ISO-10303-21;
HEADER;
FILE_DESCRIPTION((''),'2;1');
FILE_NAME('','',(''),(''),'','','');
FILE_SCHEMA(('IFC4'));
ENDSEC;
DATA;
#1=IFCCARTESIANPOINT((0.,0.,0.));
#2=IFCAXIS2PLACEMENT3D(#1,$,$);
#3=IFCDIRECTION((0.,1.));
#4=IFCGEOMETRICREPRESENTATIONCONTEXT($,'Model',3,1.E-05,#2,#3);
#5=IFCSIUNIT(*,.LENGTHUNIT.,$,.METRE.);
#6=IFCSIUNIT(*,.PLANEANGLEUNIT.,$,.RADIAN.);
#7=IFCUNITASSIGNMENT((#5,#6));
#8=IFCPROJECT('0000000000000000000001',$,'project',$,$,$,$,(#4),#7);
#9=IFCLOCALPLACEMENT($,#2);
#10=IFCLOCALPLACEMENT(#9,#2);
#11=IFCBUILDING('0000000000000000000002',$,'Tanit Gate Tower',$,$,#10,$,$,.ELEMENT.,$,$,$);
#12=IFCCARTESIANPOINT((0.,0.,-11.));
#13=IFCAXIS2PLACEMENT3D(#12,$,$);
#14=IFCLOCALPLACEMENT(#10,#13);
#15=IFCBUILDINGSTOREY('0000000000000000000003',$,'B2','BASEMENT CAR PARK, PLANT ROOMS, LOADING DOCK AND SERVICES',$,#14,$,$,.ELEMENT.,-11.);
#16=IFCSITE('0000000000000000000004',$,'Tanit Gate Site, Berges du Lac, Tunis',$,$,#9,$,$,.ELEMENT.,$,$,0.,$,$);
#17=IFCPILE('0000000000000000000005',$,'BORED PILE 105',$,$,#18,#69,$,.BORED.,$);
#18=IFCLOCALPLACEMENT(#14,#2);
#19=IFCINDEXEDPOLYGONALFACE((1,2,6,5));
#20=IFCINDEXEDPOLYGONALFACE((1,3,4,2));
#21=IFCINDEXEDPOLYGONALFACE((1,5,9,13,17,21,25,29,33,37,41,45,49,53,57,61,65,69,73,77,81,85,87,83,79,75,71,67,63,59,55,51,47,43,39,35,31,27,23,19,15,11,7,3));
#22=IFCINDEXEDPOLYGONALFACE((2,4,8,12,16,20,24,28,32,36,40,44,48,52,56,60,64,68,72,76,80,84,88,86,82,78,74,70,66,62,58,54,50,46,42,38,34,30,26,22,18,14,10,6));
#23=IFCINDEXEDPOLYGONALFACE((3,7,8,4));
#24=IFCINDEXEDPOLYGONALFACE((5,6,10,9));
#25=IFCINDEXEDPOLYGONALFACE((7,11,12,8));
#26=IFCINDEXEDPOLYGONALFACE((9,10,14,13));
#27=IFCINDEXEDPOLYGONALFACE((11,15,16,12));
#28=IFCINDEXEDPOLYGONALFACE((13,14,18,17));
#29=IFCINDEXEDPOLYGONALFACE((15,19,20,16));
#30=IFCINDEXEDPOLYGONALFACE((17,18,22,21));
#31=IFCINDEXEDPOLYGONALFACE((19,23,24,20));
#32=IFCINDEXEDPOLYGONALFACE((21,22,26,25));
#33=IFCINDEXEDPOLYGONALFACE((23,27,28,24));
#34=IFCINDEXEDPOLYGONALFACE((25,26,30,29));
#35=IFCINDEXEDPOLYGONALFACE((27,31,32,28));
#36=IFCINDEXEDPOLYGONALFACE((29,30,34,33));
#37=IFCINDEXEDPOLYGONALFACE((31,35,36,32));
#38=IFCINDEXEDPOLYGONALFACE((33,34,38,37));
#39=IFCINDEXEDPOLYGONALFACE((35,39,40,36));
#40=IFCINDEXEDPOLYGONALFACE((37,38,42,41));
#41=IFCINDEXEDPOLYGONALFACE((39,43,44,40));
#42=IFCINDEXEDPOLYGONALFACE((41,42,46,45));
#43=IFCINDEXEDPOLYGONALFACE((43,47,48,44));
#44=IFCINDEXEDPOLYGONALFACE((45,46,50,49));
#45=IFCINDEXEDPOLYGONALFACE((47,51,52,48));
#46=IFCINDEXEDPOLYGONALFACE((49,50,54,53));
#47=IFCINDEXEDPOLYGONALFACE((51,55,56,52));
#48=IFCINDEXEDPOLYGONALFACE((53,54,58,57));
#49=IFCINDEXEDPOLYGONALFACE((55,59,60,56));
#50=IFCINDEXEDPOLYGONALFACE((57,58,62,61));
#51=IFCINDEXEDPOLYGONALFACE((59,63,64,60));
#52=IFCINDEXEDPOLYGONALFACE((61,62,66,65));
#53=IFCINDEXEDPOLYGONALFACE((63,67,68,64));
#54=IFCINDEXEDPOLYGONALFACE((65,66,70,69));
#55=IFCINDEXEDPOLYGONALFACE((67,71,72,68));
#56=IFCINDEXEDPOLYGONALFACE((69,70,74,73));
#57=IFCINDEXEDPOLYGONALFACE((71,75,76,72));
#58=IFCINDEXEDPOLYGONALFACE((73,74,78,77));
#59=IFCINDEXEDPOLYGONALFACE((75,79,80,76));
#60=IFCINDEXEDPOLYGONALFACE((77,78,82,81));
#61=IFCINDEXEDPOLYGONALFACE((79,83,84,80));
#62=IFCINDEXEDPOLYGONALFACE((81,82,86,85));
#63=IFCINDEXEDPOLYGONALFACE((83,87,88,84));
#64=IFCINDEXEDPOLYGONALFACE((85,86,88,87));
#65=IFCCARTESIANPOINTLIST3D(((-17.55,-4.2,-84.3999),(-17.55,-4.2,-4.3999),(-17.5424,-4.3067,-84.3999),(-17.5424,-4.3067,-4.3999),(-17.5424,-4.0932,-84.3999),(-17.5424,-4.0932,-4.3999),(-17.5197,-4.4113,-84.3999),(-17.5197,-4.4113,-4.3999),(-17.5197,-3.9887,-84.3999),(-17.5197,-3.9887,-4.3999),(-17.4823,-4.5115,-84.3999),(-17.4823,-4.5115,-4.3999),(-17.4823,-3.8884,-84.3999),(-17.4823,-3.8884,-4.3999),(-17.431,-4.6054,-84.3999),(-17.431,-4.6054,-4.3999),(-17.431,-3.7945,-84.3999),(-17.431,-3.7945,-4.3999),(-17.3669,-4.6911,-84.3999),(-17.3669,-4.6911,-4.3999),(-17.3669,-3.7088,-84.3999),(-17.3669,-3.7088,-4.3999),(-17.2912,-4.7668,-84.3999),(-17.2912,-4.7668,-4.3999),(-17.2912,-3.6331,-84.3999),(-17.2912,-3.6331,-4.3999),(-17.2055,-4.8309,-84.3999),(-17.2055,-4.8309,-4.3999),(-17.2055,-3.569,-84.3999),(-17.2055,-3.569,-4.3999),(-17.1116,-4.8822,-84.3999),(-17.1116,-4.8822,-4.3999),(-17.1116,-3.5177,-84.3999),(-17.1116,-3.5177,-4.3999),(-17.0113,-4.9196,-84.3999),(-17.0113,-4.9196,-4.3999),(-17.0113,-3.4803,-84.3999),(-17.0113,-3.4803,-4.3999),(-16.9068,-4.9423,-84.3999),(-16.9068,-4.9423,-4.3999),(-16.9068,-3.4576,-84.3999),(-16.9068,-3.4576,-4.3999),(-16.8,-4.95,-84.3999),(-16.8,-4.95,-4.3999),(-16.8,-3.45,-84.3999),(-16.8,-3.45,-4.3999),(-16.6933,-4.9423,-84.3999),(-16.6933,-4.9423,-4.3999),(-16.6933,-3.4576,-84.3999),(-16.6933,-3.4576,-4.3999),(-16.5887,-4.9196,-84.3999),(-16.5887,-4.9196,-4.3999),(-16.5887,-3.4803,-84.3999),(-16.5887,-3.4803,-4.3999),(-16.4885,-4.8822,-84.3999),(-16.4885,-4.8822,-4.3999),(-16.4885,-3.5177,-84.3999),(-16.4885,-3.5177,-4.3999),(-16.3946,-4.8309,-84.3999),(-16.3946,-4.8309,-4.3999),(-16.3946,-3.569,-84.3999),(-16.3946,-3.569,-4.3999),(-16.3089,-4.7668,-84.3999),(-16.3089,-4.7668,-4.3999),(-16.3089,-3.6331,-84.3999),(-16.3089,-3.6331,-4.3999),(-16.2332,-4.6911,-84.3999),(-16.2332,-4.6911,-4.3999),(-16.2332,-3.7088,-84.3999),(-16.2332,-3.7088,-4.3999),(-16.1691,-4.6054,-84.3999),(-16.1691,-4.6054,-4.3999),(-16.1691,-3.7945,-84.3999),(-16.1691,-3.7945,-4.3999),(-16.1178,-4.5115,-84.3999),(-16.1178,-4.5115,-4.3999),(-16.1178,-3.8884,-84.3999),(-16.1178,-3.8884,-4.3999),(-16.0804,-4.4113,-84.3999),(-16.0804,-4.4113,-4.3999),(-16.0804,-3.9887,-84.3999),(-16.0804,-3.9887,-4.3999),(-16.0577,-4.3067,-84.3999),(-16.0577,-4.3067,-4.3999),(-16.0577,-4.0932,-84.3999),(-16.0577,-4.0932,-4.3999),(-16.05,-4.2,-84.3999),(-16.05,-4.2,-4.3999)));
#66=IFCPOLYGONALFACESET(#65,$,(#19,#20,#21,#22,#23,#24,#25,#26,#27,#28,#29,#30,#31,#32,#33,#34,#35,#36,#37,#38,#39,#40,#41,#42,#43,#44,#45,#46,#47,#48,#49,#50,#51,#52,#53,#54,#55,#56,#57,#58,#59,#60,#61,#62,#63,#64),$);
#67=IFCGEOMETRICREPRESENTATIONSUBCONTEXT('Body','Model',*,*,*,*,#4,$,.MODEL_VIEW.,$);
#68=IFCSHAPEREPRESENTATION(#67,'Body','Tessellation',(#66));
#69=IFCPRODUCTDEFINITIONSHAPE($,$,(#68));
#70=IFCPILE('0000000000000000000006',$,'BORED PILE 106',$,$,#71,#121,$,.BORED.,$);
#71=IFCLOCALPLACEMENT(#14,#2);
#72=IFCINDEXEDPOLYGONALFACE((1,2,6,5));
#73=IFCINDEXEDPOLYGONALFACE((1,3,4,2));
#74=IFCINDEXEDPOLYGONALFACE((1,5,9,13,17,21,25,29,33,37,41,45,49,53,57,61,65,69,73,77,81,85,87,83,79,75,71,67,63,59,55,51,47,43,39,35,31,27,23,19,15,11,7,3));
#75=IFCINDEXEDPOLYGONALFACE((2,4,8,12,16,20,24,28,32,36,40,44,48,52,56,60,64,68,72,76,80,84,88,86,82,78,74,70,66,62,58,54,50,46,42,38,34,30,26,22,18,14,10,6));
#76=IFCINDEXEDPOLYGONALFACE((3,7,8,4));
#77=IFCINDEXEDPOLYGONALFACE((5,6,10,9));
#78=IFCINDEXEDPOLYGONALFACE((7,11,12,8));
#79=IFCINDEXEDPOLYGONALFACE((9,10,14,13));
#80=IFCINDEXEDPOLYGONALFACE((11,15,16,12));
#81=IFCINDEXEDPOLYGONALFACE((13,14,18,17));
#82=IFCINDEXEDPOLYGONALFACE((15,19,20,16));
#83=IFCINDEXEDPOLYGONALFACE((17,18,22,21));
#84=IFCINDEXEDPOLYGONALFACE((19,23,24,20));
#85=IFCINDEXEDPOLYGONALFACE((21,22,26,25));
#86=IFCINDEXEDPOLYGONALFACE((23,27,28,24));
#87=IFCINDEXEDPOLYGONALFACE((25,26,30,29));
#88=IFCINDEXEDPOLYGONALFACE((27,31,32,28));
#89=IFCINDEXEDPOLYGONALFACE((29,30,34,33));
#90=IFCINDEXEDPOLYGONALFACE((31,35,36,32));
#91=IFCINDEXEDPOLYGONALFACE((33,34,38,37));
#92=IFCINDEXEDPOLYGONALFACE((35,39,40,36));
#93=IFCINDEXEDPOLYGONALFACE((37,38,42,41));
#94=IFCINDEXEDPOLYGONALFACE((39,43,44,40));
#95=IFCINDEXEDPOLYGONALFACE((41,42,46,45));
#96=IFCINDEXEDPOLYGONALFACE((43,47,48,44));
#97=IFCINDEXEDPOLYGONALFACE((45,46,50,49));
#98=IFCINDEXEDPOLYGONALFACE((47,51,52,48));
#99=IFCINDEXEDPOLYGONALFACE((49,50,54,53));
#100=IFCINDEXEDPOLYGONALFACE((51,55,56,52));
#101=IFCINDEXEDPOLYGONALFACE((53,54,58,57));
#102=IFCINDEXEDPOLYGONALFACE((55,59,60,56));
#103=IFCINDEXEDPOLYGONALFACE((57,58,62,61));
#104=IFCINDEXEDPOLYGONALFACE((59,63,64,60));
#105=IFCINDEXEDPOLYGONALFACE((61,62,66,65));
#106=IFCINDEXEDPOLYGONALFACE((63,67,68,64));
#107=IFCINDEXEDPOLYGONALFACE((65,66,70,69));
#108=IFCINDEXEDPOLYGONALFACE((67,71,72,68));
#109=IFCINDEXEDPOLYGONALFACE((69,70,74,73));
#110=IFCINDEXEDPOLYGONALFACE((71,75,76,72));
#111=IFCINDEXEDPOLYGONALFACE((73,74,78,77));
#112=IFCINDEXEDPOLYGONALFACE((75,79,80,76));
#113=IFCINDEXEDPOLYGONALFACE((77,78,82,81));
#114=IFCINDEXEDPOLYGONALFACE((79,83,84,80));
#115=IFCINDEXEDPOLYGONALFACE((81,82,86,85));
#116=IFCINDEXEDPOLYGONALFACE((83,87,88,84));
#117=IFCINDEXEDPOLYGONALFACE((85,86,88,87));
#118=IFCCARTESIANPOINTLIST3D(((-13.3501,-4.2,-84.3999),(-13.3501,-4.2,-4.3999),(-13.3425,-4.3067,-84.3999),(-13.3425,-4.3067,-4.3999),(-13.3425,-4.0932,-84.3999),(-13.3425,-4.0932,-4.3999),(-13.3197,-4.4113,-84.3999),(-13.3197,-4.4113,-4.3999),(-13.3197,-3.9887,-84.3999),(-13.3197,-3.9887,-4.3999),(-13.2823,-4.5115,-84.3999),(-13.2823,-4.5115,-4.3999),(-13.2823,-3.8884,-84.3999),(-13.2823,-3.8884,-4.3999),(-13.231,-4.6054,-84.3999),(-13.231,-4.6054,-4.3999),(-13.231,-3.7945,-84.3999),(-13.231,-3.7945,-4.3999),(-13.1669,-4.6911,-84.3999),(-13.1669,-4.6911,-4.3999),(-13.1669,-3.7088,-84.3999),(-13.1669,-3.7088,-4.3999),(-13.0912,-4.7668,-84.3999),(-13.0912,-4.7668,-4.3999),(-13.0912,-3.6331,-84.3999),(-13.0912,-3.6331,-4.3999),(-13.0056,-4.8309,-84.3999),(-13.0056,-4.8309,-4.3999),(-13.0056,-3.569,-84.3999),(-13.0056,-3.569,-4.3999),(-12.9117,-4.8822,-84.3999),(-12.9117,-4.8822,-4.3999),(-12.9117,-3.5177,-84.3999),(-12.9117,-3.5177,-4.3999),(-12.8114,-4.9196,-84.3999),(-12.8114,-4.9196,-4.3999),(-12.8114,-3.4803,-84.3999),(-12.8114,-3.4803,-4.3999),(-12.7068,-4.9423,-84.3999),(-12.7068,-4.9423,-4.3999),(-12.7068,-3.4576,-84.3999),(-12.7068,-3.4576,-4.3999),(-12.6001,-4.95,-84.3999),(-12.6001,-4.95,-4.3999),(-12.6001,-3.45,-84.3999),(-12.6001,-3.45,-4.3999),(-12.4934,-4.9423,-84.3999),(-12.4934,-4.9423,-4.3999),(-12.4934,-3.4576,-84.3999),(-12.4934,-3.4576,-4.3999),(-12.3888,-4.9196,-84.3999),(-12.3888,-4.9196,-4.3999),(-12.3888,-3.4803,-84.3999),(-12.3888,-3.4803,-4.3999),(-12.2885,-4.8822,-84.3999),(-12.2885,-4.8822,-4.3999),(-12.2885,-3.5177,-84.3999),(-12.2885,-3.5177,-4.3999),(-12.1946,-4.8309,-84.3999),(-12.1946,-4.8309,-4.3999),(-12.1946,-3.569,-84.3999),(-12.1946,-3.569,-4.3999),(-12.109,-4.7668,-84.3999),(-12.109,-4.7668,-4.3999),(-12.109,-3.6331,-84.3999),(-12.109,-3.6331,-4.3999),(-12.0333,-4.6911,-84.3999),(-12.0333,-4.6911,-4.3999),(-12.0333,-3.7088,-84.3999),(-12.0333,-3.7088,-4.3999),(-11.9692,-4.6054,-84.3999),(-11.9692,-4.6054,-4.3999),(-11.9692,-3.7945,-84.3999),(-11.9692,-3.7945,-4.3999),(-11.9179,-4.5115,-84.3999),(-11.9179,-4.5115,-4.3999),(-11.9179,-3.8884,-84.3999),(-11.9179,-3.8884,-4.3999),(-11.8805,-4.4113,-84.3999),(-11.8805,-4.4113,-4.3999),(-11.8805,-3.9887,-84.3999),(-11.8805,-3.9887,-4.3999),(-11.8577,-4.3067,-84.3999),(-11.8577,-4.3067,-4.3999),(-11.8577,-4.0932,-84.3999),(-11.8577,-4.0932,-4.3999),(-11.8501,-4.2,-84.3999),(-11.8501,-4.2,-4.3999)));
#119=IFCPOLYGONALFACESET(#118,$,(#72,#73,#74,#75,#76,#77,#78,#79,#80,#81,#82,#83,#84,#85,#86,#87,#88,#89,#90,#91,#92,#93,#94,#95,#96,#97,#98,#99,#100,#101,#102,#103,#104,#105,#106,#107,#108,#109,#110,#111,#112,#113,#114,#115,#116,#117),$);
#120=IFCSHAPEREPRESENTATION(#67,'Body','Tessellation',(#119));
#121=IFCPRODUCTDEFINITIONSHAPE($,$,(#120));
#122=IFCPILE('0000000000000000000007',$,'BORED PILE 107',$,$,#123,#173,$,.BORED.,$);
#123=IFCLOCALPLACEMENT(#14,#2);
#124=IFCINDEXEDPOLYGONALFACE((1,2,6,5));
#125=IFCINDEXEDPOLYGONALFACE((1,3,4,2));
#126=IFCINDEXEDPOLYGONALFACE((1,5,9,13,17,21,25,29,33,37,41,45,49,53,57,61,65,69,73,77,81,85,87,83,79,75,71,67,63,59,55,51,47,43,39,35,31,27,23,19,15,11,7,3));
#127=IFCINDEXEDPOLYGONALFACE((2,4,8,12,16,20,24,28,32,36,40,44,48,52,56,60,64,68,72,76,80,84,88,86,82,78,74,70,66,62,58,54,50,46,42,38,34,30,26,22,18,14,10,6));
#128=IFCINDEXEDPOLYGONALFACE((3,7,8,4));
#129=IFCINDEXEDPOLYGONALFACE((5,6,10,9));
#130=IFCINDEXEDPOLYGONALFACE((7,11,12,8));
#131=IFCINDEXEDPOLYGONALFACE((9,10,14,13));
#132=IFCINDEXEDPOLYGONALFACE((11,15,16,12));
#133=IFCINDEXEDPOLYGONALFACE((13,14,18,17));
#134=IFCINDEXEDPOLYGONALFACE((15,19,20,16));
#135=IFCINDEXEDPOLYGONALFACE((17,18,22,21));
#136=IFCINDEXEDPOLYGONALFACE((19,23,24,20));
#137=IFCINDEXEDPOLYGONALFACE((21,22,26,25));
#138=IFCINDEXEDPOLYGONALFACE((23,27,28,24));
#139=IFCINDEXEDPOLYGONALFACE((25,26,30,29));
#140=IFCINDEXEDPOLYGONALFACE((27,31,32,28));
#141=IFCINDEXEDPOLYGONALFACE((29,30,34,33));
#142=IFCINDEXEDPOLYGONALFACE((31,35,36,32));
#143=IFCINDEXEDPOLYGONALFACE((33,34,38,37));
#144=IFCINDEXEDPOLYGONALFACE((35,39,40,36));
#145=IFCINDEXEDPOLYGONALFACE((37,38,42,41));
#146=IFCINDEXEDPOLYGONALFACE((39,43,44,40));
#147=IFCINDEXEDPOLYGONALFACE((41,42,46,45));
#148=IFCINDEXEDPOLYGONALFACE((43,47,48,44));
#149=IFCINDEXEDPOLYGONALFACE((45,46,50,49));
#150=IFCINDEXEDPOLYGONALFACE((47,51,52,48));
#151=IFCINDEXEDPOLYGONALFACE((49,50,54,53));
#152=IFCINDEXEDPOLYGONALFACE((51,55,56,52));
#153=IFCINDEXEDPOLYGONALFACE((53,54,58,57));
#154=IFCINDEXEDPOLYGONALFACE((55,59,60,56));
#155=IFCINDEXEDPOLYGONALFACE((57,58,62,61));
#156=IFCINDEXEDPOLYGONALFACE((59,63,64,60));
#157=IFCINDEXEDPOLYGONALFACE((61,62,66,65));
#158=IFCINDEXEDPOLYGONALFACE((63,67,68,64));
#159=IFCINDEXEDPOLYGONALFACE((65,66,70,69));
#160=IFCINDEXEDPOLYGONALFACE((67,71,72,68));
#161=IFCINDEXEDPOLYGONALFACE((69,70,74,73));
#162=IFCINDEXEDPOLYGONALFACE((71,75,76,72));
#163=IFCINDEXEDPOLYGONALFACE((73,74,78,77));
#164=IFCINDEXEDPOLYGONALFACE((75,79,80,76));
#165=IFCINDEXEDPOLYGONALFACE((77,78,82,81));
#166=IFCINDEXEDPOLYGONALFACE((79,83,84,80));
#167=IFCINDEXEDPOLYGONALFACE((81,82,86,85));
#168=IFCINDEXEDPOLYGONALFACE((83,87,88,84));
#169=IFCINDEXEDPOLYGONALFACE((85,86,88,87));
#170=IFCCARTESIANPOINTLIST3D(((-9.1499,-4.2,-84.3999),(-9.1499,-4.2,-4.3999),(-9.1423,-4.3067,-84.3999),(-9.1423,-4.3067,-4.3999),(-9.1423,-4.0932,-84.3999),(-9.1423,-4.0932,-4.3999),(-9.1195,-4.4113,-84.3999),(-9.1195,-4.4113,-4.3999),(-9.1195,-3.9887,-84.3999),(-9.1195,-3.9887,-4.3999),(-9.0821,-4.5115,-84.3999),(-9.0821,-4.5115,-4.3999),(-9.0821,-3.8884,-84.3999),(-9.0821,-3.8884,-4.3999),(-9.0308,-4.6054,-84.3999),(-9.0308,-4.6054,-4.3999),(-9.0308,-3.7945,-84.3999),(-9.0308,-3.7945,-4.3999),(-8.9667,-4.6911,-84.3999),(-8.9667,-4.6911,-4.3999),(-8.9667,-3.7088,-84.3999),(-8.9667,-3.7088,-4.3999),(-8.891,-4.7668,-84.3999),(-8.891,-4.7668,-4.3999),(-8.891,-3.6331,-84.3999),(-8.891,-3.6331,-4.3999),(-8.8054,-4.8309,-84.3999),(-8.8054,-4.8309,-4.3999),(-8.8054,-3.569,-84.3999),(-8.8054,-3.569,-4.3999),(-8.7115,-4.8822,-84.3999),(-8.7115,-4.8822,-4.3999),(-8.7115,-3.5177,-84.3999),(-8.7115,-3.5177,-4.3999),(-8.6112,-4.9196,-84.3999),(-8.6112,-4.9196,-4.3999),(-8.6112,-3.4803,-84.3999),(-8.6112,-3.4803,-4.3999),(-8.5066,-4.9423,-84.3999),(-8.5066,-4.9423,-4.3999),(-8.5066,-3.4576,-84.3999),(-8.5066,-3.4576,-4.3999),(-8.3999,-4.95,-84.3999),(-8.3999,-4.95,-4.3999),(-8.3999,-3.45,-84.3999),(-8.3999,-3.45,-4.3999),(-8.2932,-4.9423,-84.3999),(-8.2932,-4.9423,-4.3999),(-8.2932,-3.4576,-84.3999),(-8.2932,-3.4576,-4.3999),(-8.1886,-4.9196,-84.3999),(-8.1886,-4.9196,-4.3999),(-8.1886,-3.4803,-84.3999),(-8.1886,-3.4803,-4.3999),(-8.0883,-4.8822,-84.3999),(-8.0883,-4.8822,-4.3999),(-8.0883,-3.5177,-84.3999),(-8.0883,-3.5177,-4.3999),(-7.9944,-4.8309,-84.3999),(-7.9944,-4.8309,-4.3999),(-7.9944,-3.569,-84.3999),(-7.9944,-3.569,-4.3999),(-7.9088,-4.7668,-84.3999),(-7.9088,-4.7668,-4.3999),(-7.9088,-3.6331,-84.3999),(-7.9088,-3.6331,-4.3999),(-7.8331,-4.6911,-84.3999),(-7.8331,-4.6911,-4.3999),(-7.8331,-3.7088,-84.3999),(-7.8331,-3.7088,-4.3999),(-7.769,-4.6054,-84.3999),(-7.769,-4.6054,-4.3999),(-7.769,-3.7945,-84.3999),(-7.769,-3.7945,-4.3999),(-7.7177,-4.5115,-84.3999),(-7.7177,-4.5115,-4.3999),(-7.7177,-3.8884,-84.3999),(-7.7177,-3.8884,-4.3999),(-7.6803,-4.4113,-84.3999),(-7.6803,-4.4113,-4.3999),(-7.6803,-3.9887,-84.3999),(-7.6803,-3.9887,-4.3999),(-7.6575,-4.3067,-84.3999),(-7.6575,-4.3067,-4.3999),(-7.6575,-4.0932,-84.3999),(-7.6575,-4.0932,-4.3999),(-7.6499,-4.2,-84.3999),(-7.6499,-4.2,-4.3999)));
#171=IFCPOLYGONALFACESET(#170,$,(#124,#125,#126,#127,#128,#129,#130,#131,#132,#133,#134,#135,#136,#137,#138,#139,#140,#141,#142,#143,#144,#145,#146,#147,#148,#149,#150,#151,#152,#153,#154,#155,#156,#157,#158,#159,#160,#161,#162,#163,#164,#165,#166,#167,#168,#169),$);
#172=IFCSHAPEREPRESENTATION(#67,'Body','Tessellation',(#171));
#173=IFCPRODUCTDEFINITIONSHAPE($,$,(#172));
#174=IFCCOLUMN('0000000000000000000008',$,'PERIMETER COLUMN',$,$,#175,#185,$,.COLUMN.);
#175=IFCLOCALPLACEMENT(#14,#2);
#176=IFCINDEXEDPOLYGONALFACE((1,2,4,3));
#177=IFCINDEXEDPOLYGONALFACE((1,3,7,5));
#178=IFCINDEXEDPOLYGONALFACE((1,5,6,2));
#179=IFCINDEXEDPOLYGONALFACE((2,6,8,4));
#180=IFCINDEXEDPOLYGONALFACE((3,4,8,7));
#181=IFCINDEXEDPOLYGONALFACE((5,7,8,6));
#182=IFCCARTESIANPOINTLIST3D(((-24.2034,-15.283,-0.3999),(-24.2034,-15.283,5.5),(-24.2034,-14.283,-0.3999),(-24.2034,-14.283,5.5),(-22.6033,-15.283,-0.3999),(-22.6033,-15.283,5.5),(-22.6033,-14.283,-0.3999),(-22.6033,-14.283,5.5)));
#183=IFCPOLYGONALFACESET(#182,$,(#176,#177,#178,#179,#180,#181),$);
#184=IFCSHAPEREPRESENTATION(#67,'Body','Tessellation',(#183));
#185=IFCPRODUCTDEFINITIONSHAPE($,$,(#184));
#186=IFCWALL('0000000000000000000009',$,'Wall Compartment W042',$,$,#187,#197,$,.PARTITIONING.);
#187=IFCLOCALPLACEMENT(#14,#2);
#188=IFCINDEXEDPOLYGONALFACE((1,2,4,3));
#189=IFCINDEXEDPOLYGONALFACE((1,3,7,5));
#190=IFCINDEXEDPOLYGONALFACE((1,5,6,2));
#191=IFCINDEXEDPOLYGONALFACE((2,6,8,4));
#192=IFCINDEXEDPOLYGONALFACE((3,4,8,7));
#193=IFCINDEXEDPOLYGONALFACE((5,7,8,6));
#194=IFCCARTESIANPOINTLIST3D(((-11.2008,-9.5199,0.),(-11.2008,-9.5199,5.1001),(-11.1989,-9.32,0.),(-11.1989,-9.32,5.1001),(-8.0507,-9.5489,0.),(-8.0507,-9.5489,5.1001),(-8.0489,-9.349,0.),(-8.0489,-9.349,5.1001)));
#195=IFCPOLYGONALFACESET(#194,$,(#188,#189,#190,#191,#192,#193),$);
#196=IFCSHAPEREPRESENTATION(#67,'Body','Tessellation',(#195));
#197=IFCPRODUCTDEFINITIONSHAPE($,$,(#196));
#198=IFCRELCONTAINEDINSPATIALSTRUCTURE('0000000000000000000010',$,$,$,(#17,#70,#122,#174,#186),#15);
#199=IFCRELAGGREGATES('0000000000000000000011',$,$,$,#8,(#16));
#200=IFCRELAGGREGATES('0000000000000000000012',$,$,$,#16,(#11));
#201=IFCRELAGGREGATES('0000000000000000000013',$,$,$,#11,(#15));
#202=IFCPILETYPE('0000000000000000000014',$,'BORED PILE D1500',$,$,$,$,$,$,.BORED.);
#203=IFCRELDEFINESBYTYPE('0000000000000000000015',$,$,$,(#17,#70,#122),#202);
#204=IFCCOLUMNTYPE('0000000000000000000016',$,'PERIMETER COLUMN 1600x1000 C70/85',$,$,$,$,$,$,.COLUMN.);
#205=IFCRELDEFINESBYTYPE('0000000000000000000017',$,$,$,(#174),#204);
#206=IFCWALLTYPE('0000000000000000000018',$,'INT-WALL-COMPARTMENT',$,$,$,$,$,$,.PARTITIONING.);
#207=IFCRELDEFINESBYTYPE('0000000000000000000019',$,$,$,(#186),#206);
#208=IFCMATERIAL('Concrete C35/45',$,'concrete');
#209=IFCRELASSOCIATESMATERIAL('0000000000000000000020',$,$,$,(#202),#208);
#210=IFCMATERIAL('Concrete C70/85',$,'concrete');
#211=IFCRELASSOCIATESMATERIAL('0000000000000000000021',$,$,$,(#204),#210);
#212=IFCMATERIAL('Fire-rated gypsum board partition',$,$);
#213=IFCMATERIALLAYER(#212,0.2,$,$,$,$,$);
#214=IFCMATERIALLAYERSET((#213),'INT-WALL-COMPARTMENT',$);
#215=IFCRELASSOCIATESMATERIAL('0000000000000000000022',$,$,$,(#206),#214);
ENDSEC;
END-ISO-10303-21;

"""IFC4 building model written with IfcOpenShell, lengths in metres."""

from ifc_helpers import new_model, si_unit, direction, frame, frame_2d, origin, origin_2d, place, context, subcontext, project, spatial, rectangle, circle, extrude, material, layer, layer_set, material_profile, profile_set, type_object, element, save


model = new_model("IFC4")

# Units and contexts
model_context = context("Model", 3, precision=1e-05, world=origin(), true_north=direction((0.0, 1.0)))
body_context = subcontext(model_context, "Body", "Model", "MODEL_VIEW")
ifc_project = project(units=[si_unit("LENGTHUNIT", "METRE"), si_unit("PLANEANGLEUNIT", "RADIAN")], contexts=[model_context])

# Site, building, storey
site_placement = place(None, origin())
site = spatial("IfcSite", under=ifc_project, at=site_placement, Name="Tanit Gate Site, Berges du Lac, Tunis", CompositionType="ELEMENT", RefElevation=0.0)
building_placement = place(site_placement, origin())
building = spatial("IfcBuilding", under=site, at=building_placement, Name="Tanit Gate Tower", CompositionType="ELEMENT")
storey_placement = place(building_placement, frame((0.0, 0.0, -11.0)))
storey = spatial("IfcBuildingStorey", under=building, at=storey_placement, Name="B2", Description="BASEMENT CAR PARK, PLANT ROOMS, LOADING DOCK AND SERVICES", CompositionType="ELEMENT", Elevation=-11.0)

# Piles
ifc_material_1 = material(Name="Concrete C35/45", Category="concrete")
ifc_material_profile_1 = material_profile(ifc_material_1, circle(Radius=0.75, at=origin_2d()), Name="BORED PILE D1500 C35/45")
ifc_profile_set_1 = profile_set([ifc_material_profile_1], Name="Concrete C35/45")
pile_type = type_object("IfcPileType", Name="BORED PILE D1500", PredefinedType="BORED", material=ifc_profile_set_1)
for number, where, z_axis, x_axis, name in (
    (1, (-16.8, -4.2, -4.3999), (0.0, 0.0, -1.0), (1.0, 0.0, 0.0), "BORED PILE 105"),
    (2, (-12.6001, -4.2, -4.3999), (0.0, 0.0, -1.0), (1.0, 0.0, 0.0), "BORED PILE 106"),
    (3, (-8.3999, -4.2, -4.3999), (0.0, 0.0, -1.0), (1.0, 0.0, 0.0), "BORED PILE 107"),
):
    element("IfcPile", number, at=place(storey_placement, frame(where, z_axis=z_axis, x_axis=x_axis)), inside=storey, type_object=pile_type, Name=name, PredefinedType="BORED", context=body_context, shape_type="SweptSolid", body=[
        extrude(circle(Radius=0.75, at=origin_2d()), origin(), (0.0, 0.0, 1.0), 80.0),
    ])

# Column
ifc_material_2 = material(Name="Concrete C70/85", Category="concrete")
ifc_material_profile_2 = material_profile(ifc_material_2, rectangle(XDim=1.6001, YDim=1.0, at=origin_2d()), Name="RC 1600x1000")
ifc_profile_set_2 = profile_set([ifc_material_profile_2], Name="Concrete C70/85")
column_type = type_object("IfcColumnType", Name="PERIMETER COLUMN 1600x1000 C70/85", PredefinedType="COLUMN", material=ifc_profile_set_2)
column_placement = place(storey_placement, frame((-23.4033, -14.783, -0.3999), z_axis=(0.0, 0.0, 1.0), x_axis=(-1.0, 0.0, 0.0)))
element("IfcColumn", 4, at=column_placement, inside=storey, type_object=column_type, Name="PERIMETER COLUMN", PredefinedType="COLUMN", context=body_context, shape_type="SweptSolid", body=[
    extrude(rectangle(XDim=1.6001, YDim=1.0, at=origin_2d()), origin(), (0.0, 0.0, 1.0), 5.8999),
])

# Wall
ifc_material_3 = material(Name="Fire-rated gypsum board partition")
ifc_layer_1 = layer(ifc_material_3, 0.2)
ifc_layer_set_1 = layer_set([ifc_layer_1], Name="INT-WALL-COMPARTMENT")
wall_type_1 = type_object("IfcWallType", Name="INT-WALL-COMPARTMENT", PredefinedType="PARTITIONING", material=ifc_layer_set_1)
wall_1_placement = place(storey_placement, frame((-11.2, -9.4199, 0.0), z_axis=(0.0, 0.0, 1.0), x_axis=(0.999957, -0.009223, 0.0)))
element("IfcWall", 5, at=wall_1_placement, inside=storey, type_object=wall_type_1, Name="Wall Compartment W042", PredefinedType="PARTITIONING", context=body_context, shape_type="SweptSolid", body=[
    extrude(rectangle(XDim=3.1501, YDim=0.2, at=frame_2d((1.5752, 0.0))), origin(), (0.0, 0.0, 1.0), 5.1001),
])

save(model, "model.ifc")
